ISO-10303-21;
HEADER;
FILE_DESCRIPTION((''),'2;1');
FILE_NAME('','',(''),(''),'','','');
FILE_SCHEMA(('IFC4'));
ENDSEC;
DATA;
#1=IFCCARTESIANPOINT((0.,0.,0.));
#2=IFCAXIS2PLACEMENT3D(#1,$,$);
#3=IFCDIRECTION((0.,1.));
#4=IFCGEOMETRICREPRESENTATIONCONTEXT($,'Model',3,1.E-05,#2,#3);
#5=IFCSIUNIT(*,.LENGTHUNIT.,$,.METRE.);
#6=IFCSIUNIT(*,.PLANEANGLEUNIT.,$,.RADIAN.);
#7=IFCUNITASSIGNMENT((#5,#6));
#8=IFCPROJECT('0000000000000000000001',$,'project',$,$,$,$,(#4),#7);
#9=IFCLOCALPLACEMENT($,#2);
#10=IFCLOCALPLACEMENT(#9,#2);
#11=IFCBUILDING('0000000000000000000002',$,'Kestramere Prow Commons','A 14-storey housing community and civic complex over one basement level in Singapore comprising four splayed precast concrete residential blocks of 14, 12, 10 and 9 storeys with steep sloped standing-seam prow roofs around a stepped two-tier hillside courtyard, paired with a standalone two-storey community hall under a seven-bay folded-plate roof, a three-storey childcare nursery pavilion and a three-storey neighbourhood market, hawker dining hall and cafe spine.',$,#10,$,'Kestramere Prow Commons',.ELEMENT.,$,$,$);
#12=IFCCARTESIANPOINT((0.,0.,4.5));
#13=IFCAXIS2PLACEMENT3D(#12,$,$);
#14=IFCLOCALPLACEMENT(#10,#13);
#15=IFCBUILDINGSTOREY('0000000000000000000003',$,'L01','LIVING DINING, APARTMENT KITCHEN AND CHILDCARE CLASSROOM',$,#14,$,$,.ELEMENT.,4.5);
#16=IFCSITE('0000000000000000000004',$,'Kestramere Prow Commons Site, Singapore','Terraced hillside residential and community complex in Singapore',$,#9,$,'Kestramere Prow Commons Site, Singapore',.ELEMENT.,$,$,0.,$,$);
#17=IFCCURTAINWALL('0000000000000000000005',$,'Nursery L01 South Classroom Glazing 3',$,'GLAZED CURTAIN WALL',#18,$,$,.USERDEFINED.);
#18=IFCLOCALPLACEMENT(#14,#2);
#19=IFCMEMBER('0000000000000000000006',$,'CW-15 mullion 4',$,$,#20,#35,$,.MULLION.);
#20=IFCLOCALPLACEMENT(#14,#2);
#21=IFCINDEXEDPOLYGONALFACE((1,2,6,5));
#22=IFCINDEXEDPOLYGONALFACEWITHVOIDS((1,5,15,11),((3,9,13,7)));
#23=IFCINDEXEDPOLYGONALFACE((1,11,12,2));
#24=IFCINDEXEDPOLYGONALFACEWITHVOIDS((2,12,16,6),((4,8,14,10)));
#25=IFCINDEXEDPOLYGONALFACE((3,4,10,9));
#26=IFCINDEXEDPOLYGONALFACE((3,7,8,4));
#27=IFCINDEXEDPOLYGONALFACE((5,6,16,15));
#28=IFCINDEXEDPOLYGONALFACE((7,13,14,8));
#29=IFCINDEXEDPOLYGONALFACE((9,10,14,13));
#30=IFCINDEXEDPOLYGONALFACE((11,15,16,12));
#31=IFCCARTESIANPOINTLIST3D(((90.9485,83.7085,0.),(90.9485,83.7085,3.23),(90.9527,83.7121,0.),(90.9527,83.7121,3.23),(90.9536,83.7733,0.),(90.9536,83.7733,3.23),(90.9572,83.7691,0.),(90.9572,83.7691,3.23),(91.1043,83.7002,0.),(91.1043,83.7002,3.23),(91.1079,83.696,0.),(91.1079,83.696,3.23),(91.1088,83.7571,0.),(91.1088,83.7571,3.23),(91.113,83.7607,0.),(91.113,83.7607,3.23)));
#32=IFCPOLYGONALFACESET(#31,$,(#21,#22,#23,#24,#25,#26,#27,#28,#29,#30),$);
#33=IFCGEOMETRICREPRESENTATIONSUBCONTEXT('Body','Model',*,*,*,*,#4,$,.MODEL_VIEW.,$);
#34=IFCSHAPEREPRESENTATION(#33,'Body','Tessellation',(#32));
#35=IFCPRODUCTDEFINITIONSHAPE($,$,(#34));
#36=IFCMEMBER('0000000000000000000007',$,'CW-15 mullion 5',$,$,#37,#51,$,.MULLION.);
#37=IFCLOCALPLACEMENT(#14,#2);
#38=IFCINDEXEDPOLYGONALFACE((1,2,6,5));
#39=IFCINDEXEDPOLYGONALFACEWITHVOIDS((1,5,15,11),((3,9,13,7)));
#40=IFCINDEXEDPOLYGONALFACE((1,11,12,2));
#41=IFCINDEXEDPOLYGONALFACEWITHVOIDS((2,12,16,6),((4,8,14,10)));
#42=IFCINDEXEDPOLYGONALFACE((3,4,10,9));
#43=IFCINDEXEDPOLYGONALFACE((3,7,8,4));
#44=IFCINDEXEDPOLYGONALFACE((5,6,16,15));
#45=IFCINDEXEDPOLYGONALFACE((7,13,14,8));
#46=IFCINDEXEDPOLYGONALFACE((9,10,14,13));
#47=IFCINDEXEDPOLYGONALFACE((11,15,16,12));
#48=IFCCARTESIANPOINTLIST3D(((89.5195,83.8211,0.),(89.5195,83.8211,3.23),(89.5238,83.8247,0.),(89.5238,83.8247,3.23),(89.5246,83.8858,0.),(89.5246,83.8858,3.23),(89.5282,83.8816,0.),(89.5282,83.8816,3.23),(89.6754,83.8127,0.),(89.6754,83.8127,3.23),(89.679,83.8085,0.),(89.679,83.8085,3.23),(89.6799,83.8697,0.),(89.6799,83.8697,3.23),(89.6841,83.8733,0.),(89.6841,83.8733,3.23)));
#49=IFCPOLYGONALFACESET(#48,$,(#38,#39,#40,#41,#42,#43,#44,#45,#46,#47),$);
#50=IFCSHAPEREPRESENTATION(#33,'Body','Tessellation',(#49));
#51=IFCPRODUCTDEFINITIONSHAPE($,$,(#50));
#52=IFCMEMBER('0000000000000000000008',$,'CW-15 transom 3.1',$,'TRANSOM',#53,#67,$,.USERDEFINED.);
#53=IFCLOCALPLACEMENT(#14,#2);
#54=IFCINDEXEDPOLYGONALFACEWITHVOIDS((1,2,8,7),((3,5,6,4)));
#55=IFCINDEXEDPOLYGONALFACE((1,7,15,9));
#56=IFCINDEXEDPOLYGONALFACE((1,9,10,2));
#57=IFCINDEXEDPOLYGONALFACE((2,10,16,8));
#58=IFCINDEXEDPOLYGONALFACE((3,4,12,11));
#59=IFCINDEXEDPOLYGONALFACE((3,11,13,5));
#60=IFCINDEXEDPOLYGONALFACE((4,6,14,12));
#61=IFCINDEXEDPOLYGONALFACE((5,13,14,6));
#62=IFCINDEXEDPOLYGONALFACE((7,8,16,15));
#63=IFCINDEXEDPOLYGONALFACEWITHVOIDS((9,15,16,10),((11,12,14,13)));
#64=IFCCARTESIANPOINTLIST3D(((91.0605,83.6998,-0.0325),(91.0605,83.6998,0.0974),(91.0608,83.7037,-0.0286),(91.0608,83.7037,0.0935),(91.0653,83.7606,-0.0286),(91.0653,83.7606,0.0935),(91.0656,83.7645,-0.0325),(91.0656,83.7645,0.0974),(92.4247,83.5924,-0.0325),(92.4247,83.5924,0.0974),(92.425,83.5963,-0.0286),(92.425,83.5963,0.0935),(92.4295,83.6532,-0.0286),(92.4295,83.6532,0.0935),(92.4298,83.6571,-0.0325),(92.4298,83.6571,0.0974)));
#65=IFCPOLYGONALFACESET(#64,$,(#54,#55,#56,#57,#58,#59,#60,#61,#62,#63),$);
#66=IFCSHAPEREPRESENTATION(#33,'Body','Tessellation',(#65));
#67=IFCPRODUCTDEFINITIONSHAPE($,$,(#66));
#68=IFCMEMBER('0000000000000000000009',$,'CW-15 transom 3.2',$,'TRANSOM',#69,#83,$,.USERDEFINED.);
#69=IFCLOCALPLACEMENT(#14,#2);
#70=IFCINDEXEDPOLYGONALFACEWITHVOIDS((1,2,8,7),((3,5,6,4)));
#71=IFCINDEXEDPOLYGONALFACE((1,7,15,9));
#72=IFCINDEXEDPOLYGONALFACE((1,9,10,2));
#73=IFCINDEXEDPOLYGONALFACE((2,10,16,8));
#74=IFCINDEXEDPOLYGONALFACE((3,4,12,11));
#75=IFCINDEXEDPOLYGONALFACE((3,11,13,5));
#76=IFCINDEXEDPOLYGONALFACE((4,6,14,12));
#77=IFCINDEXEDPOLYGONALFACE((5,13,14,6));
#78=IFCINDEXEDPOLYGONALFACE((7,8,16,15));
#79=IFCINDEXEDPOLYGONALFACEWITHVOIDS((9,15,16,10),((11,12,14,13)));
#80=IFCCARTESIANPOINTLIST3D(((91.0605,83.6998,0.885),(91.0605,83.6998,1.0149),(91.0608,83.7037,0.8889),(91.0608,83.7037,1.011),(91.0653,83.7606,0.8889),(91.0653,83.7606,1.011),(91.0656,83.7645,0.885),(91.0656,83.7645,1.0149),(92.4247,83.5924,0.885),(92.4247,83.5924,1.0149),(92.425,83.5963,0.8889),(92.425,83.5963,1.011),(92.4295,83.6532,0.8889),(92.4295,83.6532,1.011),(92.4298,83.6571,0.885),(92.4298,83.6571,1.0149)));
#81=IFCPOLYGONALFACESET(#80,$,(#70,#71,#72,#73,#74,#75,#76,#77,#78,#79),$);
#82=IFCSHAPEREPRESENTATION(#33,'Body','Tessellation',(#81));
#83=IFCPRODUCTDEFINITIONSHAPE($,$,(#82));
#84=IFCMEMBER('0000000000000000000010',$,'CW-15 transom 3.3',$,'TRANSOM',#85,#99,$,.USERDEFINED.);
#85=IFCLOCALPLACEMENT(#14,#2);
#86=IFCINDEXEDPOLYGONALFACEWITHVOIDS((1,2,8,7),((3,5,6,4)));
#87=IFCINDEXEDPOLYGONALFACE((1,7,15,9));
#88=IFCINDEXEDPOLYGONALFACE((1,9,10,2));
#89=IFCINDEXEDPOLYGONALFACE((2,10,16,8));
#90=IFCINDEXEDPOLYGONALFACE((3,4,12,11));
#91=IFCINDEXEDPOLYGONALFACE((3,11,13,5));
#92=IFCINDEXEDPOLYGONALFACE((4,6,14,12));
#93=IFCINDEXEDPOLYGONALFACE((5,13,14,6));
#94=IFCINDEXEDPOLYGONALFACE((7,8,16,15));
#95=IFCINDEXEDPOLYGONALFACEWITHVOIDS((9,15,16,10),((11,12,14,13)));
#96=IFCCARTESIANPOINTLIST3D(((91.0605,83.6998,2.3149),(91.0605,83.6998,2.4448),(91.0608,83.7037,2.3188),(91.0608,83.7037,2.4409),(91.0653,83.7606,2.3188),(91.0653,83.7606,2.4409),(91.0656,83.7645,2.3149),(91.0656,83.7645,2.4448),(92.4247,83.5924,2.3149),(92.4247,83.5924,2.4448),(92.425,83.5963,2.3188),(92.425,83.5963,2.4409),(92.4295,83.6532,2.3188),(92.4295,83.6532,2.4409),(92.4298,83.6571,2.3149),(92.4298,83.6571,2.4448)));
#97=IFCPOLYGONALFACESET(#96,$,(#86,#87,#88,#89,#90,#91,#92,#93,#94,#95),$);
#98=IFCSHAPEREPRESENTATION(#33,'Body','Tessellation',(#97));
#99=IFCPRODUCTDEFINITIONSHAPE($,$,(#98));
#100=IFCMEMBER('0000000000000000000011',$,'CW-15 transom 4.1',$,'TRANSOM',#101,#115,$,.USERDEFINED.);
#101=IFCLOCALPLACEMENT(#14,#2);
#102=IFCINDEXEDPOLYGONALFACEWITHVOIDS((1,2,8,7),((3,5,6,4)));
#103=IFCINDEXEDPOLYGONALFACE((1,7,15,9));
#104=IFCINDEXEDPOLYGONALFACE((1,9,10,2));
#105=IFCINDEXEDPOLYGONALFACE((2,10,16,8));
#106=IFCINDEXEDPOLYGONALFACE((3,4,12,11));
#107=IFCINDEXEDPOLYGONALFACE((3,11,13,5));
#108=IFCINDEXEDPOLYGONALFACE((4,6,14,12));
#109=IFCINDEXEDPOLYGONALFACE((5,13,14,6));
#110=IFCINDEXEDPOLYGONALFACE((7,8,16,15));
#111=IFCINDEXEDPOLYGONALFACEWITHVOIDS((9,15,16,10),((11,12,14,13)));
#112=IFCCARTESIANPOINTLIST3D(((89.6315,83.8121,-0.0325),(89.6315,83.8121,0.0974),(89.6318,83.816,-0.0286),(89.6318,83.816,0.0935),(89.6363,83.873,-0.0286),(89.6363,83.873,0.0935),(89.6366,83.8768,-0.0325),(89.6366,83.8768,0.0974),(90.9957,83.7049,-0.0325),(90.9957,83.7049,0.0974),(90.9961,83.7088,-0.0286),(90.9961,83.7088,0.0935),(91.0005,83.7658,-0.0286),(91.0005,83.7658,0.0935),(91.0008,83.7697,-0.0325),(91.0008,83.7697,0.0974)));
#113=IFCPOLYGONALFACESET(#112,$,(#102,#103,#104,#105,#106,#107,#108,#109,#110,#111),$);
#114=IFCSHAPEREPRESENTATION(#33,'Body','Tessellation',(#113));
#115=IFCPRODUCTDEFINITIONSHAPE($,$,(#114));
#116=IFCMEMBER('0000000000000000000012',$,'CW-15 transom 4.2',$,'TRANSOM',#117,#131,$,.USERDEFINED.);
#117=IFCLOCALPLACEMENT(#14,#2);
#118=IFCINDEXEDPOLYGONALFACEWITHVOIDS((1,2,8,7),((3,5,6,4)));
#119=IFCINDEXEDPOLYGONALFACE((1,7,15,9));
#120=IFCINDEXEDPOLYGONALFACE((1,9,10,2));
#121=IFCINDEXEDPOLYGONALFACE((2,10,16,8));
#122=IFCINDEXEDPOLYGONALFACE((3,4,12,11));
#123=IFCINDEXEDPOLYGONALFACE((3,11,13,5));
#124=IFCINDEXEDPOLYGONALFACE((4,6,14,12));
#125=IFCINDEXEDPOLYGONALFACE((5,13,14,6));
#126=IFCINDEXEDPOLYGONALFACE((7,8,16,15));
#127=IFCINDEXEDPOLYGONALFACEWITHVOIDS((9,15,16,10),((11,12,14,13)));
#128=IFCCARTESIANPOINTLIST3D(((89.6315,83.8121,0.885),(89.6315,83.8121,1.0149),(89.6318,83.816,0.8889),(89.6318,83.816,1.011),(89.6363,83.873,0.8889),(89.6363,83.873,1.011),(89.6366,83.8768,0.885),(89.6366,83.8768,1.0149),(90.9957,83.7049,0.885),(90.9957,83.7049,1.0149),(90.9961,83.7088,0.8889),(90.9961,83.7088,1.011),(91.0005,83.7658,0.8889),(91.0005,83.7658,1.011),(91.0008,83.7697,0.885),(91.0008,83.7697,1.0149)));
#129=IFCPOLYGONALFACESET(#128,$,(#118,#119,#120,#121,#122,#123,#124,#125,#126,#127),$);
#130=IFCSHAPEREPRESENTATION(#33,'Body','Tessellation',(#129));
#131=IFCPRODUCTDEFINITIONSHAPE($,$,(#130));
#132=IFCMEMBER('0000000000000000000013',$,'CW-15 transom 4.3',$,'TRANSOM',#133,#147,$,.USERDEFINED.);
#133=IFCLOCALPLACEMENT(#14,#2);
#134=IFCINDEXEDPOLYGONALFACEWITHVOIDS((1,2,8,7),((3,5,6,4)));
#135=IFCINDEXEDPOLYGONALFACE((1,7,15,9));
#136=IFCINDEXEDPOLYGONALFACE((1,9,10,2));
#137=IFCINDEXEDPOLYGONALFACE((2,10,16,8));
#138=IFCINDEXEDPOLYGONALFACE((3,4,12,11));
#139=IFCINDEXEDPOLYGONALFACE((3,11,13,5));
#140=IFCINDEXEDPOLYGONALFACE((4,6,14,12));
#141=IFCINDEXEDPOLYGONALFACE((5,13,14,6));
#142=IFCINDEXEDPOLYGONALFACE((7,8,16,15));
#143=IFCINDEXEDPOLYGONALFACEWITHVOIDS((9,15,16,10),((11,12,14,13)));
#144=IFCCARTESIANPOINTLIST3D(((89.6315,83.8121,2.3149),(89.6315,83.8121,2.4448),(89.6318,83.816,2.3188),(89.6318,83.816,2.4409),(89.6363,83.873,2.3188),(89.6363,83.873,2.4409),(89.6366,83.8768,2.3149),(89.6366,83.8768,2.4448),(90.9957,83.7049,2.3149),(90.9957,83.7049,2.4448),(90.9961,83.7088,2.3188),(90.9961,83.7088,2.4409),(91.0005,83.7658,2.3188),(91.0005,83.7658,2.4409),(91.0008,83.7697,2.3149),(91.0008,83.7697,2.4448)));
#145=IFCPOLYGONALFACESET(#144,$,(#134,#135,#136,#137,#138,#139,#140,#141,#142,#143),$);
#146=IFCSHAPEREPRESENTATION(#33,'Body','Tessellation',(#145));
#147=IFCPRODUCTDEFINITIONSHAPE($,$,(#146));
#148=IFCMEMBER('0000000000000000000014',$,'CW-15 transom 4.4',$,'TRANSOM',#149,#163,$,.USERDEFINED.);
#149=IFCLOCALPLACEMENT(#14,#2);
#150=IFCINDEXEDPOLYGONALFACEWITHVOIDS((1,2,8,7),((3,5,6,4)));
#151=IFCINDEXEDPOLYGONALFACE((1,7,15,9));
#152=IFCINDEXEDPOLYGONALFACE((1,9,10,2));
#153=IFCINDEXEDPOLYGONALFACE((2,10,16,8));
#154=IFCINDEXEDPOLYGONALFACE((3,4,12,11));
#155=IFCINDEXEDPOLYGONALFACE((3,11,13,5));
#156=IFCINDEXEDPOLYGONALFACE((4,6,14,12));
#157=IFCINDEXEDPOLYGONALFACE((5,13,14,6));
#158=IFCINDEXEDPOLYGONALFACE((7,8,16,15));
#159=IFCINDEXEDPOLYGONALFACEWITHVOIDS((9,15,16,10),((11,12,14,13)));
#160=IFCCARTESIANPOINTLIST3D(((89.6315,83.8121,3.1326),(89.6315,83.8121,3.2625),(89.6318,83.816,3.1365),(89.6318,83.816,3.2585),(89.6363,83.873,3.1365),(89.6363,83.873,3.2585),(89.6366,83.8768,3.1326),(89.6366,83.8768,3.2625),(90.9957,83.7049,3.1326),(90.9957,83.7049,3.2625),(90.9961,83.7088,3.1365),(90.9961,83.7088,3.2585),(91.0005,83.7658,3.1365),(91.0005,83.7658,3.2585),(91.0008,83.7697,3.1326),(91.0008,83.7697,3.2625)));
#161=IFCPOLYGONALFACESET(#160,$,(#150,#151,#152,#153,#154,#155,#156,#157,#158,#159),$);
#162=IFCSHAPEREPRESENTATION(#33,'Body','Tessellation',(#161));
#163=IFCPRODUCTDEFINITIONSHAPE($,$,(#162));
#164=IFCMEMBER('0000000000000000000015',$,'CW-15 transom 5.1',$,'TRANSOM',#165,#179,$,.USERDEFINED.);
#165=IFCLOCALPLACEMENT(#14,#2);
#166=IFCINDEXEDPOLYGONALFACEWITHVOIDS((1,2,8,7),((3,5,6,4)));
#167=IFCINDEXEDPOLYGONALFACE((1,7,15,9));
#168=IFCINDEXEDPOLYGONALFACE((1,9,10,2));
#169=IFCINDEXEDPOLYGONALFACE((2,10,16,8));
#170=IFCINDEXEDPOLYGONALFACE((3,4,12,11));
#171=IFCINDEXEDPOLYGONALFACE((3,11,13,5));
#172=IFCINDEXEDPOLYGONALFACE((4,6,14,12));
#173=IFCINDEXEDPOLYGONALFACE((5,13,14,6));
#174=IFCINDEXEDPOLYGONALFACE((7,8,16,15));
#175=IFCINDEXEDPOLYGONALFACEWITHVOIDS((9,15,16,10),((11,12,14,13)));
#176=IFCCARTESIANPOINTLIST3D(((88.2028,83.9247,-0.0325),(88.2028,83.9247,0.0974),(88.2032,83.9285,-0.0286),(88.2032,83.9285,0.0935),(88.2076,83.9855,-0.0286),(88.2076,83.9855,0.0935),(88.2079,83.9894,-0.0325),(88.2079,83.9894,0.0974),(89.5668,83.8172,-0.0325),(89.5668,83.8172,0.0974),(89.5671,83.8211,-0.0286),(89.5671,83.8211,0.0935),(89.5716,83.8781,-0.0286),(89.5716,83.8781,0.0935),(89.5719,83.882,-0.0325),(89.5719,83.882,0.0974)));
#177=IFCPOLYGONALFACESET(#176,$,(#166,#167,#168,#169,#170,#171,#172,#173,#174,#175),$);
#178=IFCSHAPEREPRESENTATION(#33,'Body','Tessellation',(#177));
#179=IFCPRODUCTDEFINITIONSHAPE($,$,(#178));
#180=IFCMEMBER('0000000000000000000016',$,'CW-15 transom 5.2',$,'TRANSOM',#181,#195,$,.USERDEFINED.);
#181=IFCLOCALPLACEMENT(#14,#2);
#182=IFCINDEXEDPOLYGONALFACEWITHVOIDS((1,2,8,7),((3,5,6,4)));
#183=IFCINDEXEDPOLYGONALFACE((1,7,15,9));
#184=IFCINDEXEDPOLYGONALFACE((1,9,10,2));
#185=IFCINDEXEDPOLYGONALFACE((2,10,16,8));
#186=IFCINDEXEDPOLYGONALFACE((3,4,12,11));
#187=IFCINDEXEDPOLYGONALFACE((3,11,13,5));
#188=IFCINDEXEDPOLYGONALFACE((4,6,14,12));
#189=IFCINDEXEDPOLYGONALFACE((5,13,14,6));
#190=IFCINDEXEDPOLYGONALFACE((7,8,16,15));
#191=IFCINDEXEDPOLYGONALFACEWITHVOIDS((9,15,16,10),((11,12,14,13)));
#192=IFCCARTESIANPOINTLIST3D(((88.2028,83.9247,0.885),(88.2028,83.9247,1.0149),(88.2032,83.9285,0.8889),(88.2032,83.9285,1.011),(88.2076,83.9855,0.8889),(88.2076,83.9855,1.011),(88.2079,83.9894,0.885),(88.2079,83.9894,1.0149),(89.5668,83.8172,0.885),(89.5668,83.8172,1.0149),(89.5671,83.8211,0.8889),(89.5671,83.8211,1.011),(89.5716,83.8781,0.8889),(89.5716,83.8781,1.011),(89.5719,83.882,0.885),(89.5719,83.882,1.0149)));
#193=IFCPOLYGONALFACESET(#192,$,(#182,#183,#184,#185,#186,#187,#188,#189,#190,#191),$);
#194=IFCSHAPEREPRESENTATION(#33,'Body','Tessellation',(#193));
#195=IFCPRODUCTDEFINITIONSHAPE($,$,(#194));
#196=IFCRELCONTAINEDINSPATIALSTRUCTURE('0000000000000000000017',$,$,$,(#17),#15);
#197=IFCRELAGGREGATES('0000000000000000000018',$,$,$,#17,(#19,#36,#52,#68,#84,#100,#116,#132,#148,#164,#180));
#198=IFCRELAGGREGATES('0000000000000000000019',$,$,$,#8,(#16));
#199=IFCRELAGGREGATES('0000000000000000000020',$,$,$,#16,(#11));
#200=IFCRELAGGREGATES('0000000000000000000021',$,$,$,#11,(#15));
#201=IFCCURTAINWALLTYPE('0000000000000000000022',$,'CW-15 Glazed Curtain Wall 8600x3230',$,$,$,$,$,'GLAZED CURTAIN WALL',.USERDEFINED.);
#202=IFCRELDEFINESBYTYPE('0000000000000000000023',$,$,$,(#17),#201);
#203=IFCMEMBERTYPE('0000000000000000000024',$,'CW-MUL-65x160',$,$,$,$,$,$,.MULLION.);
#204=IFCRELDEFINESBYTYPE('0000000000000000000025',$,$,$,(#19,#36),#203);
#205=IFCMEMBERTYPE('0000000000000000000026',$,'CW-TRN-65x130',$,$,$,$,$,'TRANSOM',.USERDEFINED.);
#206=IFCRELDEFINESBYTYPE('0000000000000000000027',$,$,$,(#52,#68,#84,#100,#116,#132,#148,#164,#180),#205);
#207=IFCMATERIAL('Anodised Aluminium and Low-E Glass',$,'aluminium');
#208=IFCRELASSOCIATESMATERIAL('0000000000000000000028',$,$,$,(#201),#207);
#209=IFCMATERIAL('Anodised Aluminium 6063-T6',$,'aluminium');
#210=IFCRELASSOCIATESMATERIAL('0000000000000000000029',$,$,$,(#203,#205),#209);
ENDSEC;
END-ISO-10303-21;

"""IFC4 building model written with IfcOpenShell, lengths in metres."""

from ifc_helpers import new_model, si_unit, direction, frame, origin, origin_2d, place, context, subcontext, project, spatial, hollow_rectangle, extrude, material, material_profile, profile_set, type_object, element, aggregate, save


model = new_model("IFC4")

# Units and contexts
model_context = context("Model", 3, precision=1e-05, world=origin(), true_north=direction((0.0, 1.0)))
body_context = subcontext(model_context, "Body", "Model", "MODEL_VIEW")
ifc_project = project(units=[si_unit("LENGTHUNIT", "METRE"), si_unit("PLANEANGLEUNIT", "RADIAN")], contexts=[model_context])

# Site, building, storey
site_placement = place(None, origin())
site = spatial("IfcSite", under=ifc_project, at=site_placement, Name="Kestramere Prow Commons Site, Singapore", Description="Terraced hillside residential and community complex in Singapore", LongName="Kestramere Prow Commons Site, Singapore", CompositionType="ELEMENT", RefElevation=0.0)
building_placement = place(site_placement, origin())
building = spatial("IfcBuilding", under=site, at=building_placement, Name="Kestramere Prow Commons", Description="A 14-storey housing community and civic complex over one basement level in Singapore comprising four splayed precast concrete residential blocks of 14, 12, 10 and 9 storeys with steep sloped standing-seam prow roofs around a stepped two-tier hillside courtyard, paired with a standalone two-storey community hall under a seven-bay folded-plate roof, a three-storey childcare nursery pavilion and a three-storey neighbourhood market, hawker dining hall and cafe spine.", LongName="Kestramere Prow Commons", CompositionType="ELEMENT")
storey_placement = place(building_placement, frame((0.0, 0.0, 4.5)))
storey = spatial("IfcBuildingStorey", under=building, at=storey_placement, Name="L01", Description="LIVING DINING, APARTMENT KITCHEN AND CHILDCARE CLASSROOM", CompositionType="ELEMENT", Elevation=4.5)

# Curtain wall, members
ifc_material_1 = material(Name="Anodised Aluminium and Low-E Glass", Category="aluminium")
curtain_wall_type = type_object("IfcCurtainWallType", Name="CW-15 Glazed Curtain Wall 8600x3230", ElementType="GLAZED CURTAIN WALL", PredefinedType="USERDEFINED", material=ifc_material_1)
curtain_wall_placement = place(storey_placement, origin())
curtain_wall = element("IfcCurtainWall", 1, at=curtain_wall_placement, inside=storey, type_object=curtain_wall_type, Name="Nursery L01 South Classroom Glazing 3", ObjectType="GLAZED CURTAIN WALL", PredefinedType="USERDEFINED")
ifc_material_2 = material(Name="Anodised Aluminium 6063-T6", Category="aluminium")
ifc_material_profile_1 = material_profile(ifc_material_2, hollow_rectangle(XDim=0.0649, YDim=0.1599, WallThickness=0.0039, at=origin_2d()), Name="ALU-MUL 65x160")
ifc_profile_set_1 = profile_set([ifc_material_profile_1], Name="Anodised Aluminium 6063-T6")
member_type_1 = type_object("IfcMemberType", Name="CW-MUL-65x160", PredefinedType="MULLION", material=ifc_profile_set_1)
member_1_placement = place(storey_placement, frame((91.0308, 83.7346, 0.0), z_axis=(0.0, 0.0, 1.0), x_axis=(-0.078459, -0.996917, 0.0)))
member_1 = element("IfcMember", 2, at=member_1_placement, type_object=member_type_1, Name="CW-15 mullion 4", PredefinedType="MULLION", context=body_context, shape_type="SweptSolid", body=[
    extrude(hollow_rectangle(XDim=0.0649, YDim=0.1599, WallThickness=0.0039, at=origin_2d()), origin(), (0.0, 0.0, 1.0), 3.23),
])
member_2_placement = place(storey_placement, frame((89.6018, 83.8472, 0.0), z_axis=(0.0, 0.0, 1.0), x_axis=(-0.078459, -0.996917, 0.0)))
member_2 = element("IfcMember", 3, at=member_2_placement, type_object=member_type_1, Name="CW-15 mullion 5", PredefinedType="MULLION", context=body_context, shape_type="SweptSolid", body=[
    extrude(hollow_rectangle(XDim=0.0649, YDim=0.1599, WallThickness=0.0039, at=origin_2d()), origin(), (0.0, 0.0, 1.0), 3.23),
])
ifc_material_profile_2 = material_profile(ifc_material_2, hollow_rectangle(XDim=0.0649, YDim=0.1299, WallThickness=0.0039, at=origin_2d()), Name="ALU-TRN 65x130")
ifc_profile_set_2 = profile_set([ifc_material_profile_2], Name="Anodised Aluminium 6063-T6")
member_type_2 = type_object("IfcMemberType", Name="CW-TRN-65x130", ElementType="TRANSOM", PredefinedType="USERDEFINED", material=ifc_profile_set_2)
member_3_placement = place(storey_placement, frame((92.4272, 83.6248, 0.0325), z_axis=(-0.996914, 0.078497, 0.0), x_axis=(-0.078497, -0.996914, 0.0)))
member_3 = element("IfcMember", 4, at=member_3_placement, type_object=member_type_2, Name="CW-15 transom 3.1", ObjectType="TRANSOM", PredefinedType="USERDEFINED", context=body_context, shape_type="SweptSolid", body=[
    extrude(hollow_rectangle(XDim=0.0649, YDim=0.1299, WallThickness=0.0039, at=origin_2d()), origin(), (0.0, 0.0, 1.0), 1.3684),
])
member_4_placement = place(storey_placement, frame((92.4272, 83.6248, 0.95), z_axis=(-0.996914, 0.078497, 0.0), x_axis=(-0.078497, -0.996914, 0.0)))
member_4 = element("IfcMember", 5, at=member_4_placement, type_object=member_type_2, Name="CW-15 transom 3.2", ObjectType="TRANSOM", PredefinedType="USERDEFINED", context=body_context, shape_type="SweptSolid", body=[
    extrude(hollow_rectangle(XDim=0.0649, YDim=0.1299, WallThickness=0.0039, at=origin_2d()), origin(), (0.0, 0.0, 1.0), 1.3684),
])
member_5_placement = place(storey_placement, frame((92.4272, 83.6248, 2.3799), z_axis=(-0.996914, 0.078497, 0.0), x_axis=(-0.078497, -0.996914, 0.0)))
member_5 = element("IfcMember", 6, at=member_5_placement, type_object=member_type_2, Name="CW-15 transom 3.3", ObjectType="TRANSOM", PredefinedType="USERDEFINED", context=body_context, shape_type="SweptSolid", body=[
    extrude(hollow_rectangle(XDim=0.0649, YDim=0.1299, WallThickness=0.0039, at=origin_2d()), origin(), (0.0, 0.0, 1.0), 1.3684),
])
member_6_placement = place(storey_placement, frame((90.9983, 83.7373, 0.0325), z_axis=(-0.996928, 0.07832, 0.0), x_axis=(-0.07832, -0.996928, 0.0)))
member_6 = element("IfcMember", 7, at=member_6_placement, type_object=member_type_2, Name="CW-15 transom 4.1", ObjectType="TRANSOM", PredefinedType="USERDEFINED", context=body_context, shape_type="SweptSolid", body=[
    extrude(hollow_rectangle(XDim=0.0649, YDim=0.1299, WallThickness=0.0039, at=origin_2d()), origin(), (0.0, 0.0, 1.0), 1.3684),
])
member_7_placement = place(storey_placement, frame((90.9983, 83.7373, 0.95), z_axis=(-0.996928, 0.07832, 0.0), x_axis=(-0.07832, -0.996928, 0.0)))
member_7 = element("IfcMember", 8, at=member_7_placement, type_object=member_type_2, Name="CW-15 transom 4.2", ObjectType="TRANSOM", PredefinedType="USERDEFINED", context=body_context, shape_type="SweptSolid", body=[
    extrude(hollow_rectangle(XDim=0.0649, YDim=0.1299, WallThickness=0.0039, at=origin_2d()), origin(), (0.0, 0.0, 1.0), 1.3684),
])
member_8_placement = place(storey_placement, frame((90.9983, 83.7373, 2.3799), z_axis=(-0.996928, 0.07832, 0.0), x_axis=(-0.07832, -0.996928, 0.0)))
member_8 = element("IfcMember", 9, at=member_8_placement, type_object=member_type_2, Name="CW-15 transom 4.3", ObjectType="TRANSOM", PredefinedType="USERDEFINED", context=body_context, shape_type="SweptSolid", body=[
    extrude(hollow_rectangle(XDim=0.0649, YDim=0.1299, WallThickness=0.0039, at=origin_2d()), origin(), (0.0, 0.0, 1.0), 1.3684),
])
member_9_placement = place(storey_placement, frame((90.9983, 83.7373, 3.1975), z_axis=(-0.996928, 0.07832, 0.0), x_axis=(-0.07832, -0.996928, 0.0)))
member_9 = element("IfcMember", 10, at=member_9_placement, type_object=member_type_2, Name="CW-15 transom 4.4", ObjectType="TRANSOM", PredefinedType="USERDEFINED", context=body_context, shape_type="SweptSolid", body=[
    extrude(hollow_rectangle(XDim=0.0649, YDim=0.1299, WallThickness=0.0039, at=origin_2d()), origin(), (0.0, 0.0, 1.0), 1.3684),
])
member_10_placement = place(storey_placement, frame((89.5693, 83.8496, 0.0325), z_axis=(-0.996913, 0.078511, 0.0), x_axis=(-0.078511, -0.996913, 0.0)))
member_10 = element("IfcMember", 11, at=member_10_placement, type_object=member_type_2, Name="CW-15 transom 5.1", ObjectType="TRANSOM", PredefinedType="USERDEFINED", context=body_context, shape_type="SweptSolid", body=[
    extrude(hollow_rectangle(XDim=0.0649, YDim=0.1299, WallThickness=0.0039, at=origin_2d()), origin(), (0.0, 0.0, 1.0), 1.3682),
])
member_11_placement = place(storey_placement, frame((89.5693, 83.8496, 0.95), z_axis=(-0.996913, 0.078511, 0.0), x_axis=(-0.078511, -0.996913, 0.0)))
member_11 = element("IfcMember", 12, at=member_11_placement, type_object=member_type_2, Name="CW-15 transom 5.2", ObjectType="TRANSOM", PredefinedType="USERDEFINED", context=body_context, shape_type="SweptSolid", body=[
    extrude(hollow_rectangle(XDim=0.0649, YDim=0.1299, WallThickness=0.0039, at=origin_2d()), origin(), (0.0, 0.0, 1.0), 1.3682),
])
aggregate(curtain_wall, [member_1, member_2, member_3, member_4, member_5, member_6, member_7, member_8, member_9, member_10, member_11])

save(model, "model.ifc")
